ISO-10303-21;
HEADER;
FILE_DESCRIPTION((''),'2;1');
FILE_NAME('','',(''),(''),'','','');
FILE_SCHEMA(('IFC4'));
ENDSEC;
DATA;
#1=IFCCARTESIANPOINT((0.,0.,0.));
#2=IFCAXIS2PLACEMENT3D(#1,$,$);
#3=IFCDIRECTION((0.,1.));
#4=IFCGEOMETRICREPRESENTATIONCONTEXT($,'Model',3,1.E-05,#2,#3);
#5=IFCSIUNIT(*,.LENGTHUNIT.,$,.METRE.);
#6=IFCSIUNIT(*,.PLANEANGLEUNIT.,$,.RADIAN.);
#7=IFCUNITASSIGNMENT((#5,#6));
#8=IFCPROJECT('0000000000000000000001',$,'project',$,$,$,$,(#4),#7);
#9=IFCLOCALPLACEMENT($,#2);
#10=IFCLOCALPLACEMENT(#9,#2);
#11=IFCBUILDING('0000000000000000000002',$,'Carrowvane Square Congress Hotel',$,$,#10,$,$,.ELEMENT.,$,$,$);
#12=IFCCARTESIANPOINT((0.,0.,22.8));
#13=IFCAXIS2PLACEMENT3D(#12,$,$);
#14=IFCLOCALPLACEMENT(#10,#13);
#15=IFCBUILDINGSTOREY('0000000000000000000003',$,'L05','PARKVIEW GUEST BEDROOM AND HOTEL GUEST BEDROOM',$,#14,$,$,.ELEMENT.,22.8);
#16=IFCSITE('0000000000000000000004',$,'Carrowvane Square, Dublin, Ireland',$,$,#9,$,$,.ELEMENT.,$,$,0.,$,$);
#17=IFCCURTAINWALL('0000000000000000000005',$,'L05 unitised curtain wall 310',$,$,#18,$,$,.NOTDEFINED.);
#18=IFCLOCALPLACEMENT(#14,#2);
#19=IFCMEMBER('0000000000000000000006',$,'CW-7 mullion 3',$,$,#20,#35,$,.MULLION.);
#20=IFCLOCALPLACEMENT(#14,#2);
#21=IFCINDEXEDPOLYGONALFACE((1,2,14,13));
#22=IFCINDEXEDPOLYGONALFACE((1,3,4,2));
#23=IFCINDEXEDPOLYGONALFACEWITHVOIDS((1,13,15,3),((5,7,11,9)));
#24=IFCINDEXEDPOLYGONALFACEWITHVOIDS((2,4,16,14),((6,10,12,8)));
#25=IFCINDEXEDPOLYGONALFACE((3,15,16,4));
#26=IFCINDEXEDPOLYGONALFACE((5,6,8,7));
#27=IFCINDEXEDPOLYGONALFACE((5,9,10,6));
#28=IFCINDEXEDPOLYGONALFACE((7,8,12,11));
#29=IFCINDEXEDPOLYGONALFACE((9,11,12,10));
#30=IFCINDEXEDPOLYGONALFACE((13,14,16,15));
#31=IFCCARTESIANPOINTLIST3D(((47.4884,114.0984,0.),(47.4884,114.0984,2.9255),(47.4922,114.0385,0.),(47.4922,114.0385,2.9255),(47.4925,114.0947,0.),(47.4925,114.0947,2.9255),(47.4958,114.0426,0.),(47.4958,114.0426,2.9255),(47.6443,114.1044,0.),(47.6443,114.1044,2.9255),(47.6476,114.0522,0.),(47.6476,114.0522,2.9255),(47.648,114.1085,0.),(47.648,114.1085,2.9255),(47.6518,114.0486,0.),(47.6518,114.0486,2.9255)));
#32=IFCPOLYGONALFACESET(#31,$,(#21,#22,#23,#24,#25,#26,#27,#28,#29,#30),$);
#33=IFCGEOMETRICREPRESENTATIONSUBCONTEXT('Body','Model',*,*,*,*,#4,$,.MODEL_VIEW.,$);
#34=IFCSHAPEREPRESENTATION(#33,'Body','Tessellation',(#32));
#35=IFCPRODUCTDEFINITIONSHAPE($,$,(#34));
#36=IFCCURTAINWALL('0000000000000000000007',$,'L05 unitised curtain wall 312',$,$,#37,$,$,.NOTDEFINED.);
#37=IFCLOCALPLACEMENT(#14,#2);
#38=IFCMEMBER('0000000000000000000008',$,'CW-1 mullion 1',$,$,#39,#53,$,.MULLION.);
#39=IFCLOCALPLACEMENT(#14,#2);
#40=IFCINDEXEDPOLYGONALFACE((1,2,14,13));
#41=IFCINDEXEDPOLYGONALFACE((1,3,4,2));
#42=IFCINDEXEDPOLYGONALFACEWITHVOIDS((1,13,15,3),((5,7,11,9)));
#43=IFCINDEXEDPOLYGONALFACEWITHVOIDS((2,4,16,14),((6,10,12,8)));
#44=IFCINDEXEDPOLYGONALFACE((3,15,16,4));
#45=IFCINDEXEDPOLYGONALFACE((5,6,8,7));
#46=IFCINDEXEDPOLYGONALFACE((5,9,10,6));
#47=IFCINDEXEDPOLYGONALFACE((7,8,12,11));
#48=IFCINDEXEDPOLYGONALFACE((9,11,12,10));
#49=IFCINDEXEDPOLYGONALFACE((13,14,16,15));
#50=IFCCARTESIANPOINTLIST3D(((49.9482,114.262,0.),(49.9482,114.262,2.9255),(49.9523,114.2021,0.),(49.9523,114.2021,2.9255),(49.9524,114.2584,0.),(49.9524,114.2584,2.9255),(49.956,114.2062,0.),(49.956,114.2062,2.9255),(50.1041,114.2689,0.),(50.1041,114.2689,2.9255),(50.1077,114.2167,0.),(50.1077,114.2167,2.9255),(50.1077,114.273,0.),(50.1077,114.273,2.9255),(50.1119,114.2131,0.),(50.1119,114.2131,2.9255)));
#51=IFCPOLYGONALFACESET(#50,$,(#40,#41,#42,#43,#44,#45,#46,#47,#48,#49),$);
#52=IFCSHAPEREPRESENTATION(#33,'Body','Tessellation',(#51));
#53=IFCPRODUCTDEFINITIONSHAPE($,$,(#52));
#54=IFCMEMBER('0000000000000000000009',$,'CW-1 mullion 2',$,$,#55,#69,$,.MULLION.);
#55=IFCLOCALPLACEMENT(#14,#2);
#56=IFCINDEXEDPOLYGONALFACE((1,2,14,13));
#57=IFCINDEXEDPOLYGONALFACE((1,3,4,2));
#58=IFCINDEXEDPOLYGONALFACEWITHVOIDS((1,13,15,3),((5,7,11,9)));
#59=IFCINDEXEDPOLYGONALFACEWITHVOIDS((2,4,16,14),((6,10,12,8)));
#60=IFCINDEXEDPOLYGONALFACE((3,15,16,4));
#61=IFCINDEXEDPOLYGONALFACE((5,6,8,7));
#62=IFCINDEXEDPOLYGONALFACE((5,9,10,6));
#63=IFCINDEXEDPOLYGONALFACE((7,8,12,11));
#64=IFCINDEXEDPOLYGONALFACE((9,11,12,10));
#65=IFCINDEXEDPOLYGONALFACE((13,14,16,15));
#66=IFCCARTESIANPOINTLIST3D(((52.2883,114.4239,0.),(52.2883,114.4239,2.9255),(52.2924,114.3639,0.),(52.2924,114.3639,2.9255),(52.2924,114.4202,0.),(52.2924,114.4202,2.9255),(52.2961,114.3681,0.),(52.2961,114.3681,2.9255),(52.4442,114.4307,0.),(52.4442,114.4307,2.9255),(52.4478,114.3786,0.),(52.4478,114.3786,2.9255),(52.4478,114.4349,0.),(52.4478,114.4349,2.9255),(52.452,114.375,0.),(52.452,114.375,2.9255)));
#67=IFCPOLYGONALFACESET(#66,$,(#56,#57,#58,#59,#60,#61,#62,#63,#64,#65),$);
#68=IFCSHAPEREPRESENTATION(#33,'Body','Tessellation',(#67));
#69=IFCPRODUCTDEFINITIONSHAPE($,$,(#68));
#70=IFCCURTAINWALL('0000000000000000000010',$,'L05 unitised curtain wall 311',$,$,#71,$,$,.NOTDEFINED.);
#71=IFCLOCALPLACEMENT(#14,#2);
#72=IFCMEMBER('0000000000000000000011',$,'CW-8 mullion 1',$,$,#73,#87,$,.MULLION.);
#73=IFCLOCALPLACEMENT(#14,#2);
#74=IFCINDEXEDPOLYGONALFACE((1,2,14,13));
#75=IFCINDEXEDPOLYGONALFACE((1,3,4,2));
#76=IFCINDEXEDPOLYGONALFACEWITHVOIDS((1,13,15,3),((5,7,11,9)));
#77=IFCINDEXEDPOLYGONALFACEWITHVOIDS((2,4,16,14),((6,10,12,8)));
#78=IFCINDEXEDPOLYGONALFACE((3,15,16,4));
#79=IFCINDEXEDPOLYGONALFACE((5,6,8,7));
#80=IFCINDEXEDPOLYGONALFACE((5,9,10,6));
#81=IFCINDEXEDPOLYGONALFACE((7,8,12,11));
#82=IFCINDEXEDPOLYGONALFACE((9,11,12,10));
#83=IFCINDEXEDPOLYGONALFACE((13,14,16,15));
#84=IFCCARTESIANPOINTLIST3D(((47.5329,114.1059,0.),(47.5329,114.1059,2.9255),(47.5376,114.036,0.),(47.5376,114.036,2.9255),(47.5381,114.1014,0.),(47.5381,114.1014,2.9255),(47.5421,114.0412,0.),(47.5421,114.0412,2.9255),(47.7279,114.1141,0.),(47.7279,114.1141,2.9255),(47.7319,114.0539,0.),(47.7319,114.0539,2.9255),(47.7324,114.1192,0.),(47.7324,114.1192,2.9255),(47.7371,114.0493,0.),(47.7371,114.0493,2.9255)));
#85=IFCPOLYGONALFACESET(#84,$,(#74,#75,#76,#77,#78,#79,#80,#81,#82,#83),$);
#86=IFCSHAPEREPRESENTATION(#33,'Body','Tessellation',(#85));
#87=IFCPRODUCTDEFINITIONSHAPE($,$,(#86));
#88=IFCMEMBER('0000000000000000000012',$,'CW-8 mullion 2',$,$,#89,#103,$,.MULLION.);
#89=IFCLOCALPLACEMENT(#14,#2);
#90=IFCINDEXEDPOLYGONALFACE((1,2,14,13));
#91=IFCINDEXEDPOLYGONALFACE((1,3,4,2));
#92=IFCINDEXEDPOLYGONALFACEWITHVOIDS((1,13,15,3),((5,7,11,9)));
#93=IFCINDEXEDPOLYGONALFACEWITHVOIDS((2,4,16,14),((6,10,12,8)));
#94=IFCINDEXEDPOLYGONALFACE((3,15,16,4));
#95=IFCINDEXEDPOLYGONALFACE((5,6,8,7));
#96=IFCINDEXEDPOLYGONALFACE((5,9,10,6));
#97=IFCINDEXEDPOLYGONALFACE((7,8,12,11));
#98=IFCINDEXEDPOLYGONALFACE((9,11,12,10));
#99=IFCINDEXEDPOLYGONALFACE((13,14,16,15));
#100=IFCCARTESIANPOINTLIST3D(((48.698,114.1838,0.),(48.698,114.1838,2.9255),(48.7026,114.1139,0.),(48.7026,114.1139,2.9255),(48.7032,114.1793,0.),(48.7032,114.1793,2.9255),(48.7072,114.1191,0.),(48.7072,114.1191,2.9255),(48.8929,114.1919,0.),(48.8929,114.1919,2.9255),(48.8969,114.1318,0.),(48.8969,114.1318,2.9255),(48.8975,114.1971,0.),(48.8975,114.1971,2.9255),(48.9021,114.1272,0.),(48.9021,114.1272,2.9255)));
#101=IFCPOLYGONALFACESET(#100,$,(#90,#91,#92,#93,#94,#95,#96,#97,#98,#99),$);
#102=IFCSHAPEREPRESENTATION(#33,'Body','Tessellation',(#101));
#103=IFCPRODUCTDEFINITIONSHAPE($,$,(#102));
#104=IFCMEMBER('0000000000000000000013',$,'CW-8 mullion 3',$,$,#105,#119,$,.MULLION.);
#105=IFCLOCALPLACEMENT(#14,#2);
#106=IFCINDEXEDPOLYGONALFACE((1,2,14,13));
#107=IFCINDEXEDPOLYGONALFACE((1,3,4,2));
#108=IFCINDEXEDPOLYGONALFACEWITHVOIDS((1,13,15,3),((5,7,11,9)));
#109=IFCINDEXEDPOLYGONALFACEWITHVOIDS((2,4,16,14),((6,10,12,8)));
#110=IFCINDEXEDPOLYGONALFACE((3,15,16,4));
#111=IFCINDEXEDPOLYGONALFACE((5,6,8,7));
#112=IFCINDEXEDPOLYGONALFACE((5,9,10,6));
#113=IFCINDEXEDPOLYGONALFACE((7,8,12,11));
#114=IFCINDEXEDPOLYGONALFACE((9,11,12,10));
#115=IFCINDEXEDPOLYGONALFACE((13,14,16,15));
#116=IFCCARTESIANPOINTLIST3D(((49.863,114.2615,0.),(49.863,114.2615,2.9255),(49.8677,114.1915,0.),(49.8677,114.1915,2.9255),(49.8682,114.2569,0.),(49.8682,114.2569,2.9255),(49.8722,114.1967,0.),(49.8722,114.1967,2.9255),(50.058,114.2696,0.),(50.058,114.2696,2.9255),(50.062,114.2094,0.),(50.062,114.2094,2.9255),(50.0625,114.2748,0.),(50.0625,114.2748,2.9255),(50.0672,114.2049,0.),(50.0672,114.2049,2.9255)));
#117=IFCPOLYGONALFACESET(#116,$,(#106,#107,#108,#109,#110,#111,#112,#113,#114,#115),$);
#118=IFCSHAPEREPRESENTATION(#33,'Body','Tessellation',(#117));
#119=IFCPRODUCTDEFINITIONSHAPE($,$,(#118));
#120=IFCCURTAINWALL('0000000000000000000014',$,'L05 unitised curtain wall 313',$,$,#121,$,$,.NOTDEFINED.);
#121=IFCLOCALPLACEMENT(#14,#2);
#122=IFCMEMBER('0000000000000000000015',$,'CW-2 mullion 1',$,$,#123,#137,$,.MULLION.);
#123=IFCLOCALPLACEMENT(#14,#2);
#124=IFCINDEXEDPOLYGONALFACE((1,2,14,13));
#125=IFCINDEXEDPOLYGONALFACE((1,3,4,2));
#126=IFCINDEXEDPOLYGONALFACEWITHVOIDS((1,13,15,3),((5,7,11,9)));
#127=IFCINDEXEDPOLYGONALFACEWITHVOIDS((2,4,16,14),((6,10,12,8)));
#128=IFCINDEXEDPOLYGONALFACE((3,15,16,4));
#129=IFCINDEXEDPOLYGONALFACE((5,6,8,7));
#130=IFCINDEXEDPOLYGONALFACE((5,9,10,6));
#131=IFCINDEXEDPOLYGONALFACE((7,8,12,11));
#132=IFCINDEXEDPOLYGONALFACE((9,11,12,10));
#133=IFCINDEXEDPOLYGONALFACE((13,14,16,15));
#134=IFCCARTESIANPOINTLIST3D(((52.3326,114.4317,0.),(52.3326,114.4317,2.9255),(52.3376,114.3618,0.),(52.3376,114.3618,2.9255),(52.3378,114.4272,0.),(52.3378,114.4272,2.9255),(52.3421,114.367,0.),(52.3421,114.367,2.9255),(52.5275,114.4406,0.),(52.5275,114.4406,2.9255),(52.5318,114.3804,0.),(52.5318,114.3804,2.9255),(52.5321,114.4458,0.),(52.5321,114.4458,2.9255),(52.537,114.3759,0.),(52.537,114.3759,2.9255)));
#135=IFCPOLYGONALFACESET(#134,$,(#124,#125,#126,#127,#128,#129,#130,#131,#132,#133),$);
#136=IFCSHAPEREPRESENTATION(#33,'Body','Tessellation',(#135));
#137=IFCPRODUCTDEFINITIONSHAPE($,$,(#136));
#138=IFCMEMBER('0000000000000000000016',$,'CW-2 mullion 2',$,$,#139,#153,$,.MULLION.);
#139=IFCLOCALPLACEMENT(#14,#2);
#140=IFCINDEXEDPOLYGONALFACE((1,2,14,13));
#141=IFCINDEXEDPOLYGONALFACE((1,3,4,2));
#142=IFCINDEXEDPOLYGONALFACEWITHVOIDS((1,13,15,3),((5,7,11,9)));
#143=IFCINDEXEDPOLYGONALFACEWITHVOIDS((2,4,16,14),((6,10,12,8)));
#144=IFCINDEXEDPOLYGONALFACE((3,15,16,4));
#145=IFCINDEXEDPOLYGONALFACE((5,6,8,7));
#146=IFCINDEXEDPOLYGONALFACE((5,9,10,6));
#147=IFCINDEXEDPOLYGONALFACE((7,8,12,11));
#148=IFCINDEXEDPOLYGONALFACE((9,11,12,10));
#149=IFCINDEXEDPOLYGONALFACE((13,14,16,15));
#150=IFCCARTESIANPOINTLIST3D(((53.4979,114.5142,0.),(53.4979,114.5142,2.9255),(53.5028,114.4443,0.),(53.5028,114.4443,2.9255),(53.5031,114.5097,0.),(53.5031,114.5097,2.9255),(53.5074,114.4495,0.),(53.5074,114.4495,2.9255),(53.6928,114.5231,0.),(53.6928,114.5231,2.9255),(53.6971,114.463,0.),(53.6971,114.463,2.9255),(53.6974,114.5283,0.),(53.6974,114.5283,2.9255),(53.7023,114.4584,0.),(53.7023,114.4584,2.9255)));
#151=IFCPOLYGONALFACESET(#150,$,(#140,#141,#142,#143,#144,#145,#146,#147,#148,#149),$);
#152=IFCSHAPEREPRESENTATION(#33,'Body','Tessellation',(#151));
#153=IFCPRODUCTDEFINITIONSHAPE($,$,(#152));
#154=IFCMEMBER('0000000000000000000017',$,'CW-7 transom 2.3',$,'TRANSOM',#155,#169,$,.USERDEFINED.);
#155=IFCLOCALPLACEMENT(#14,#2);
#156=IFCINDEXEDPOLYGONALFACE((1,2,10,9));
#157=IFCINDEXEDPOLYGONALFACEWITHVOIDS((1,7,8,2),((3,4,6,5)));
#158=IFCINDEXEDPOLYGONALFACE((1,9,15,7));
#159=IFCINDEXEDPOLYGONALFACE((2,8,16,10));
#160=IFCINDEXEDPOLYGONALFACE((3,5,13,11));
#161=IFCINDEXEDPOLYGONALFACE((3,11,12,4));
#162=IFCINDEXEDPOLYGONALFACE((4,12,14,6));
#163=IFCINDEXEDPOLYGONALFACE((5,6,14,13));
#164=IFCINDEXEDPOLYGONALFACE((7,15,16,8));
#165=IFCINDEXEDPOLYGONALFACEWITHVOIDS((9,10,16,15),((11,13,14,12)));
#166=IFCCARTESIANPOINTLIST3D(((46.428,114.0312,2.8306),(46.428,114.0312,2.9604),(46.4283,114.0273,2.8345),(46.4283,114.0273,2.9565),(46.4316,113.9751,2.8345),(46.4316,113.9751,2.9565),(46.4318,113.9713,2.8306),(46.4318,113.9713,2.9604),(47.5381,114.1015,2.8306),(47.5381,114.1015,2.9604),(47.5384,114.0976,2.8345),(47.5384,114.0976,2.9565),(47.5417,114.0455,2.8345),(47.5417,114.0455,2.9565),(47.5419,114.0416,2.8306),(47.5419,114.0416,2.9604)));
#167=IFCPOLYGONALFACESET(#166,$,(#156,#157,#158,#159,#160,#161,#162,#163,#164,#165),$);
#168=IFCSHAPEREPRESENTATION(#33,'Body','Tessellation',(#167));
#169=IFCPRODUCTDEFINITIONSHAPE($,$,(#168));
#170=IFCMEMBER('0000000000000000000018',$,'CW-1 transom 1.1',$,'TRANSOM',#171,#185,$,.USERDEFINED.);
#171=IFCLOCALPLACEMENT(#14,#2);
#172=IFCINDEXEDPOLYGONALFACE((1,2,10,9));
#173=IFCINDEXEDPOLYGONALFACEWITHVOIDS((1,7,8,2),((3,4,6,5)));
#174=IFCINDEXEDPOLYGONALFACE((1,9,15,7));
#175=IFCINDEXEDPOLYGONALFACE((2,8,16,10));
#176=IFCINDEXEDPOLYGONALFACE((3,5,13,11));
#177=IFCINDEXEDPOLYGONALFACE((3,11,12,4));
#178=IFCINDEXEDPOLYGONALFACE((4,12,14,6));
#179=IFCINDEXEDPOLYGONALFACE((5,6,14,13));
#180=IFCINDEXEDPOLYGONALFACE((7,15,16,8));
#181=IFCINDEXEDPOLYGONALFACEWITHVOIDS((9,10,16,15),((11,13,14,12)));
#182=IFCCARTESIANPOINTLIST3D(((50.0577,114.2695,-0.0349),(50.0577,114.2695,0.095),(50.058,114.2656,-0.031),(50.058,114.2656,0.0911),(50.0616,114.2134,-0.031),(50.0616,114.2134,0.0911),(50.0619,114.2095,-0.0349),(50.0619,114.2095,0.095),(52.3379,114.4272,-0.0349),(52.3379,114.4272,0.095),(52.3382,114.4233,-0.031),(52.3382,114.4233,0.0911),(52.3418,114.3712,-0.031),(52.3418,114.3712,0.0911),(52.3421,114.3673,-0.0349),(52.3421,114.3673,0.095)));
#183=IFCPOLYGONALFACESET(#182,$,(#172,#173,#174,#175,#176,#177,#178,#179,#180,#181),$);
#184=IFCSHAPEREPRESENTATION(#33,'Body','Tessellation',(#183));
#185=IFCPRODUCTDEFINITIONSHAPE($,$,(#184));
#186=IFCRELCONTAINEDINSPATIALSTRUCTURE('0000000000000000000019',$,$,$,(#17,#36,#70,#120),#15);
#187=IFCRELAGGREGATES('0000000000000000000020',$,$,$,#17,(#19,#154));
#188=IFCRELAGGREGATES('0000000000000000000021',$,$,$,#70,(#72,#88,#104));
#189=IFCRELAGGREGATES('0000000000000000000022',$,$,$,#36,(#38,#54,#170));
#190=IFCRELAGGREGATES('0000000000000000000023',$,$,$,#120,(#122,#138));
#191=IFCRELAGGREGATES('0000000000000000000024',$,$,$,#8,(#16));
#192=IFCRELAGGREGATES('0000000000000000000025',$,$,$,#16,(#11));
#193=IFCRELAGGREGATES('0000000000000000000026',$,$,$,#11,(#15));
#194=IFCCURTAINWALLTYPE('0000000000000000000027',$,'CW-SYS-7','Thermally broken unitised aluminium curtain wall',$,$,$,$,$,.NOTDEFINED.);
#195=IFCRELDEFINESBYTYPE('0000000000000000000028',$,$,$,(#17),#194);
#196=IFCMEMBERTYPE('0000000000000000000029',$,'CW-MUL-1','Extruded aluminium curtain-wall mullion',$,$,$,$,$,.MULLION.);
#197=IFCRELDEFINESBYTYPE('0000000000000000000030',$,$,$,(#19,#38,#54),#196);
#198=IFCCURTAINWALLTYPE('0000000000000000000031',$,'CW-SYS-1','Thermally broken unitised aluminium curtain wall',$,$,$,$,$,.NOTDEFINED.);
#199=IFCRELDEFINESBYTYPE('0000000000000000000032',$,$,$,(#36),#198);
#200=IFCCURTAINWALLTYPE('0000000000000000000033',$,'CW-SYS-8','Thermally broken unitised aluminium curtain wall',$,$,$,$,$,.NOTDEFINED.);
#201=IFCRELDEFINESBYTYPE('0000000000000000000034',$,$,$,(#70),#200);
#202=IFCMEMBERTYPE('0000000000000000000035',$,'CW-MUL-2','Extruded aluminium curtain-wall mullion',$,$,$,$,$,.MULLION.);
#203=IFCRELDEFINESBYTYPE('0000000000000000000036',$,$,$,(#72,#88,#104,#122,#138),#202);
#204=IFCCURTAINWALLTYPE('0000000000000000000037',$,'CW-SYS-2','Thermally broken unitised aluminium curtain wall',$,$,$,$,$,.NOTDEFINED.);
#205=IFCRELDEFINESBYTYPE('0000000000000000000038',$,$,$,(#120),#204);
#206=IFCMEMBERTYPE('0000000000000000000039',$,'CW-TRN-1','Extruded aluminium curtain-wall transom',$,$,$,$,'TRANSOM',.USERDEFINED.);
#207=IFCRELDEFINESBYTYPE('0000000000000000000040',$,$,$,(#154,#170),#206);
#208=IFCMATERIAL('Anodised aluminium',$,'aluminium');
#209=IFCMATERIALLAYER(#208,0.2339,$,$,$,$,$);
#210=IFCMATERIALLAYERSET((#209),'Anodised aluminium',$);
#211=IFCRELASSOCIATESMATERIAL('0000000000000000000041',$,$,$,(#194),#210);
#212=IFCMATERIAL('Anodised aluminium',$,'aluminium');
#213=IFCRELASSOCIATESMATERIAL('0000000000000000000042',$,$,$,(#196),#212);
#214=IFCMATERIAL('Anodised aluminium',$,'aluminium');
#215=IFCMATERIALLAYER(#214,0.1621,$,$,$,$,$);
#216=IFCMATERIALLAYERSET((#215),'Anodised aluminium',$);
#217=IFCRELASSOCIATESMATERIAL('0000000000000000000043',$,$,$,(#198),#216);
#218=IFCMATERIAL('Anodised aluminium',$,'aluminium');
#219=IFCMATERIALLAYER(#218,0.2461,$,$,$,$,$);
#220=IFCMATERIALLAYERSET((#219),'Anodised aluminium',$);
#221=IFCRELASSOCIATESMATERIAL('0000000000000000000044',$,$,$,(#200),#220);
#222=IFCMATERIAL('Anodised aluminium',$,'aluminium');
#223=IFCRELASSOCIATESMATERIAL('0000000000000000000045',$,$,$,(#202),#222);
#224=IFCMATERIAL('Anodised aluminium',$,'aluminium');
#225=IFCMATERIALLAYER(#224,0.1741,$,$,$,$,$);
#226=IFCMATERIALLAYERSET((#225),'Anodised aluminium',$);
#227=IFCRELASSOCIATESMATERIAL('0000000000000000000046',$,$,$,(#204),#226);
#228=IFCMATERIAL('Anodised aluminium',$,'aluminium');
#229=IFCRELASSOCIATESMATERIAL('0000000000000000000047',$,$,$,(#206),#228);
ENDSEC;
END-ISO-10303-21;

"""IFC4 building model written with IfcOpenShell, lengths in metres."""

from ifc_helpers import new_model, si_unit, direction, frame, origin, origin_2d, place, context, subcontext, project, spatial, hollow_rectangle, extrude, material, layer, layer_set, material_profile, profile_set, type_object, element, aggregate, save


model = new_model("IFC4")

# Units and contexts
model_context = context("Model", 3, precision=1e-05, world=origin(), true_north=direction((0.0, 1.0)))
body_context = subcontext(model_context, "Body", "Model", "MODEL_VIEW")
ifc_project = project(units=[si_unit("LENGTHUNIT", "METRE"), si_unit("PLANEANGLEUNIT", "RADIAN")], contexts=[model_context])

# Site, building, storey
site_placement = place(None, origin())
site = spatial("IfcSite", under=ifc_project, at=site_placement, Name="Carrowvane Square, Dublin, Ireland", CompositionType="ELEMENT", RefElevation=0.0)
building_placement = place(site_placement, origin())
building = spatial("IfcBuilding", under=site, at=building_placement, Name="Carrowvane Square Congress Hotel", CompositionType="ELEMENT")
storey_placement = place(building_placement, frame((0.0, 0.0, 22.8)))
storey = spatial("IfcBuildingStorey", under=building, at=storey_placement, Name="L05", Description="PARKVIEW GUEST BEDROOM AND HOTEL GUEST BEDROOM", CompositionType="ELEMENT", Elevation=22.8)

# Curtain wall, member
ifc_material_1 = material(Name="Anodised aluminium", Category="aluminium")
ifc_layer_1 = layer(ifc_material_1, 0.2339)
ifc_layer_set_1 = layer_set([ifc_layer_1], Name="Anodised aluminium")
curtain_wall_type_1 = type_object("IfcCurtainWallType", Name="CW-SYS-7", Description="Thermally broken unitised aluminium curtain wall", PredefinedType="NOTDEFINED", material=ifc_layer_set_1)
curtain_wall_1_placement = place(storey_placement, origin())
curtain_wall_1 = element("IfcCurtainWall", 1, at=curtain_wall_1_placement, inside=storey, type_object=curtain_wall_type_1, Name="L05 unitised curtain wall 310", PredefinedType="NOTDEFINED")
ifc_material_2 = material(Name="Anodised aluminium", Category="aluminium")
ifc_material_profile_1 = material_profile(ifc_material_2, hollow_rectangle(XDim=0.0601, YDim=0.1599, WallThickness=0.0039, at=origin_2d()), Name="CW-ML 60x160x4")
ifc_profile_set_1 = profile_set([ifc_material_profile_1], Name="Anodised aluminium")
member_type_1 = type_object("IfcMemberType", Name="CW-MUL-1", Description="Extruded aluminium curtain-wall mullion", PredefinedType="MULLION", material=ifc_profile_set_1)
member_1_placement = place(storey_placement, frame((47.5701, 114.0735, 0.0), z_axis=(0.0, 0.0, 1.0), x_axis=(-0.063273, 0.997996, 0.0)))
member_1 = element("IfcMember", 2, at=member_1_placement, type_object=member_type_1, Name="CW-7 mullion 3", PredefinedType="MULLION", context=body_context, shape_type="SweptSolid", body=[
    extrude(hollow_rectangle(XDim=0.0601, YDim=0.1599, WallThickness=0.0039, at=origin_2d()), origin(), (0.0, 0.0, 1.0), 2.9255),
])

# Curtain walls, members
ifc_material_3 = material(Name="Anodised aluminium", Category="aluminium")
ifc_layer_2 = layer(ifc_material_3, 0.1621)
ifc_layer_set_2 = layer_set([ifc_layer_2], Name="Anodised aluminium")
curtain_wall_type_2 = type_object("IfcCurtainWallType", Name="CW-SYS-1", Description="Thermally broken unitised aluminium curtain wall", PredefinedType="NOTDEFINED", material=ifc_layer_set_2)
curtain_wall_2_placement = place(storey_placement, origin())
curtain_wall_2 = element("IfcCurtainWall", 3, at=curtain_wall_2_placement, inside=storey, type_object=curtain_wall_type_2, Name="L05 unitised curtain wall 312", PredefinedType="NOTDEFINED")
member_2_placement = place(storey_placement, frame((50.03, 114.2375, 0.0), z_axis=(0.0, 0.0, 1.0), x_axis=(-0.068986, 0.997618, 0.0)))
member_2 = element("IfcMember", 4, at=member_2_placement, type_object=member_type_1, Name="CW-1 mullion 1", PredefinedType="MULLION", context=body_context, shape_type="SweptSolid", body=[
    extrude(hollow_rectangle(XDim=0.0601, YDim=0.1599, WallThickness=0.0039, at=origin_2d()), origin(), (0.0, 0.0, 1.0), 2.9255),
])
member_3_placement = place(storey_placement, frame((52.3701, 114.3994, 0.0), z_axis=(0.0, 0.0, 1.0), x_axis=(-0.068986, 0.997618, 0.0)))
member_3 = element("IfcMember", 5, at=member_3_placement, type_object=member_type_1, Name="CW-1 mullion 2", PredefinedType="MULLION", context=body_context, shape_type="SweptSolid", body=[
    extrude(hollow_rectangle(XDim=0.0601, YDim=0.1599, WallThickness=0.0039, at=origin_2d()), origin(), (0.0, 0.0, 1.0), 2.9255),
])
ifc_material_4 = material(Name="Anodised aluminium", Category="aluminium")
ifc_layer_3 = layer(ifc_material_4, 0.2461)
ifc_layer_set_3 = layer_set([ifc_layer_3], Name="Anodised aluminium")
curtain_wall_type_3 = type_object("IfcCurtainWallType", Name="CW-SYS-8", Description="Thermally broken unitised aluminium curtain wall", PredefinedType="NOTDEFINED", material=ifc_layer_set_3)
curtain_wall_3_placement = place(storey_placement, origin())
curtain_wall_3 = element("IfcCurtainWall", 6, at=curtain_wall_3_placement, inside=storey, type_object=curtain_wall_type_3, Name="L05 unitised curtain wall 311", PredefinedType="NOTDEFINED")
ifc_material_5 = material(Name="Anodised aluminium", Category="aluminium")
ifc_material_profile_2 = material_profile(ifc_material_5, hollow_rectangle(XDim=0.0701, YDim=0.2, WallThickness=0.0049, at=origin_2d()), Name="CW-ML 70x200x5")
ifc_profile_set_2 = profile_set([ifc_material_profile_2], Name="Anodised aluminium")
member_type_2 = type_object("IfcMemberType", Name="CW-MUL-2", Description="Extruded aluminium curtain-wall mullion", PredefinedType="MULLION", material=ifc_profile_set_2)
member_4_placement = place(storey_placement, frame((47.635, 114.0776, 0.0), z_axis=(0.0, 0.0, 1.0), x_axis=(-0.066578, 0.997781, 0.0)))
member_4 = element("IfcMember", 7, at=member_4_placement, type_object=member_type_2, Name="CW-8 mullion 1", PredefinedType="MULLION", context=body_context, shape_type="SweptSolid", body=[
    extrude(hollow_rectangle(XDim=0.0701, YDim=0.2, WallThickness=0.0049, at=origin_2d()), origin(), (0.0, 0.0, 1.0), 2.9255),
])
member_5_placement = place(storey_placement, frame((48.8, 114.1555, 0.0), z_axis=(0.0, 0.0, 1.0), x_axis=(-0.066578, 0.997781, 0.0)))
member_5 = element("IfcMember", 8, at=member_5_placement, type_object=member_type_2, Name="CW-8 mullion 2", PredefinedType="MULLION", context=body_context, shape_type="SweptSolid", body=[
    extrude(hollow_rectangle(XDim=0.0701, YDim=0.2, WallThickness=0.0049, at=origin_2d()), origin(), (0.0, 0.0, 1.0), 2.9255),
])
member_6_placement = place(storey_placement, frame((49.9651, 114.2332, 0.0), z_axis=(0.0, 0.0, 1.0), x_axis=(-0.066578, 0.997781, 0.0)))
member_6 = element("IfcMember", 9, at=member_6_placement, type_object=member_type_2, Name="CW-8 mullion 3", PredefinedType="MULLION", context=body_context, shape_type="SweptSolid", body=[
    extrude(hollow_rectangle(XDim=0.0701, YDim=0.2, WallThickness=0.0049, at=origin_2d()), origin(), (0.0, 0.0, 1.0), 2.9255),
])
ifc_material_6 = material(Name="Anodised aluminium", Category="aluminium")
ifc_layer_4 = layer(ifc_material_6, 0.1741)
ifc_layer_set_4 = layer_set([ifc_layer_4], Name="Anodised aluminium")
curtain_wall_type_4 = type_object("IfcCurtainWallType", Name="CW-SYS-2", Description="Thermally broken unitised aluminium curtain wall", PredefinedType="NOTDEFINED", material=ifc_layer_set_4)
curtain_wall_4_placement = place(storey_placement, origin())
curtain_wall_4 = element("IfcCurtainWall", 10, at=curtain_wall_4_placement, inside=storey, type_object=curtain_wall_type_4, Name="L05 unitised curtain wall 313", PredefinedType="NOTDEFINED")
member_7_placement = place(storey_placement, frame((52.4348, 114.4038, 0.0), z_axis=(0.0, 0.0, 1.0), x_axis=(-0.070586, 0.997506, 0.0)))
member_7 = element("IfcMember", 11, at=member_7_placement, type_object=member_type_2, Name="CW-2 mullion 1", PredefinedType="MULLION", context=body_context, shape_type="SweptSolid", body=[
    extrude(hollow_rectangle(XDim=0.0701, YDim=0.2, WallThickness=0.0049, at=origin_2d()), origin(), (0.0, 0.0, 1.0), 2.9255),
])
member_8_placement = place(storey_placement, frame((53.6001, 114.4863, 0.0), z_axis=(0.0, 0.0, 1.0), x_axis=(-0.070586, 0.997506, 0.0)))
member_8 = element("IfcMember", 12, at=member_8_placement, type_object=member_type_2, Name="CW-2 mullion 2", PredefinedType="MULLION", context=body_context, shape_type="SweptSolid", body=[
    extrude(hollow_rectangle(XDim=0.0701, YDim=0.2, WallThickness=0.0049, at=origin_2d()), origin(), (0.0, 0.0, 1.0), 2.9255),
])

# Members
ifc_material_7 = material(Name="Anodised aluminium", Category="aluminium")
ifc_material_profile_3 = material_profile(ifc_material_7, hollow_rectangle(XDim=0.0601, YDim=0.1299, WallThickness=0.0039, at=origin_2d()), Name="CW-TR 60x130x4")
ifc_profile_set_3 = profile_set([ifc_material_profile_3], Name="Anodised aluminium")
member_type_3 = type_object("IfcMemberType", Name="CW-TRN-1", Description="Extruded aluminium curtain-wall transom", ElementType="TRANSOM", PredefinedType="USERDEFINED", material=ifc_profile_set_3)
member_9_placement = place(storey_placement, frame((46.4299, 114.0012, 2.8955), z_axis=(0.998, 0.063212, 0.0), x_axis=(-0.063212, 0.998, 0.0)))
member_9 = element("IfcMember", 13, at=member_9_placement, type_object=member_type_3, Name="CW-7 transom 2.3", ObjectType="TRANSOM", PredefinedType="USERDEFINED", context=body_context, shape_type="SweptSolid", body=[
    extrude(hollow_rectangle(XDim=0.0601, YDim=0.1299, WallThickness=0.0039, at=origin_2d()), origin(), (0.0, 0.0, 1.0), 1.1123),
])
member_10_placement = place(storey_placement, frame((50.0598, 114.2395, 0.03), z_axis=(0.997617, 0.069, 0.0), x_axis=(-0.069, 0.997617, 0.0)))
member_10 = element("IfcMember", 14, at=member_10_placement, type_object=member_type_3, Name="CW-1 transom 1.1", ObjectType="TRANSOM", PredefinedType="USERDEFINED", context=body_context, shape_type="SweptSolid", body=[
    extrude(hollow_rectangle(XDim=0.0601, YDim=0.1299, WallThickness=0.0039, at=origin_2d()), origin(), (0.0, 0.0, 1.0), 2.2856),
])

aggregate(curtain_wall_1, [member_1, member_9])
aggregate(curtain_wall_3, [member_4, member_5, member_6])
aggregate(curtain_wall_2, [member_2, member_3, member_10])
aggregate(curtain_wall_4, [member_7, member_8])

save(model, "model.ifc")
